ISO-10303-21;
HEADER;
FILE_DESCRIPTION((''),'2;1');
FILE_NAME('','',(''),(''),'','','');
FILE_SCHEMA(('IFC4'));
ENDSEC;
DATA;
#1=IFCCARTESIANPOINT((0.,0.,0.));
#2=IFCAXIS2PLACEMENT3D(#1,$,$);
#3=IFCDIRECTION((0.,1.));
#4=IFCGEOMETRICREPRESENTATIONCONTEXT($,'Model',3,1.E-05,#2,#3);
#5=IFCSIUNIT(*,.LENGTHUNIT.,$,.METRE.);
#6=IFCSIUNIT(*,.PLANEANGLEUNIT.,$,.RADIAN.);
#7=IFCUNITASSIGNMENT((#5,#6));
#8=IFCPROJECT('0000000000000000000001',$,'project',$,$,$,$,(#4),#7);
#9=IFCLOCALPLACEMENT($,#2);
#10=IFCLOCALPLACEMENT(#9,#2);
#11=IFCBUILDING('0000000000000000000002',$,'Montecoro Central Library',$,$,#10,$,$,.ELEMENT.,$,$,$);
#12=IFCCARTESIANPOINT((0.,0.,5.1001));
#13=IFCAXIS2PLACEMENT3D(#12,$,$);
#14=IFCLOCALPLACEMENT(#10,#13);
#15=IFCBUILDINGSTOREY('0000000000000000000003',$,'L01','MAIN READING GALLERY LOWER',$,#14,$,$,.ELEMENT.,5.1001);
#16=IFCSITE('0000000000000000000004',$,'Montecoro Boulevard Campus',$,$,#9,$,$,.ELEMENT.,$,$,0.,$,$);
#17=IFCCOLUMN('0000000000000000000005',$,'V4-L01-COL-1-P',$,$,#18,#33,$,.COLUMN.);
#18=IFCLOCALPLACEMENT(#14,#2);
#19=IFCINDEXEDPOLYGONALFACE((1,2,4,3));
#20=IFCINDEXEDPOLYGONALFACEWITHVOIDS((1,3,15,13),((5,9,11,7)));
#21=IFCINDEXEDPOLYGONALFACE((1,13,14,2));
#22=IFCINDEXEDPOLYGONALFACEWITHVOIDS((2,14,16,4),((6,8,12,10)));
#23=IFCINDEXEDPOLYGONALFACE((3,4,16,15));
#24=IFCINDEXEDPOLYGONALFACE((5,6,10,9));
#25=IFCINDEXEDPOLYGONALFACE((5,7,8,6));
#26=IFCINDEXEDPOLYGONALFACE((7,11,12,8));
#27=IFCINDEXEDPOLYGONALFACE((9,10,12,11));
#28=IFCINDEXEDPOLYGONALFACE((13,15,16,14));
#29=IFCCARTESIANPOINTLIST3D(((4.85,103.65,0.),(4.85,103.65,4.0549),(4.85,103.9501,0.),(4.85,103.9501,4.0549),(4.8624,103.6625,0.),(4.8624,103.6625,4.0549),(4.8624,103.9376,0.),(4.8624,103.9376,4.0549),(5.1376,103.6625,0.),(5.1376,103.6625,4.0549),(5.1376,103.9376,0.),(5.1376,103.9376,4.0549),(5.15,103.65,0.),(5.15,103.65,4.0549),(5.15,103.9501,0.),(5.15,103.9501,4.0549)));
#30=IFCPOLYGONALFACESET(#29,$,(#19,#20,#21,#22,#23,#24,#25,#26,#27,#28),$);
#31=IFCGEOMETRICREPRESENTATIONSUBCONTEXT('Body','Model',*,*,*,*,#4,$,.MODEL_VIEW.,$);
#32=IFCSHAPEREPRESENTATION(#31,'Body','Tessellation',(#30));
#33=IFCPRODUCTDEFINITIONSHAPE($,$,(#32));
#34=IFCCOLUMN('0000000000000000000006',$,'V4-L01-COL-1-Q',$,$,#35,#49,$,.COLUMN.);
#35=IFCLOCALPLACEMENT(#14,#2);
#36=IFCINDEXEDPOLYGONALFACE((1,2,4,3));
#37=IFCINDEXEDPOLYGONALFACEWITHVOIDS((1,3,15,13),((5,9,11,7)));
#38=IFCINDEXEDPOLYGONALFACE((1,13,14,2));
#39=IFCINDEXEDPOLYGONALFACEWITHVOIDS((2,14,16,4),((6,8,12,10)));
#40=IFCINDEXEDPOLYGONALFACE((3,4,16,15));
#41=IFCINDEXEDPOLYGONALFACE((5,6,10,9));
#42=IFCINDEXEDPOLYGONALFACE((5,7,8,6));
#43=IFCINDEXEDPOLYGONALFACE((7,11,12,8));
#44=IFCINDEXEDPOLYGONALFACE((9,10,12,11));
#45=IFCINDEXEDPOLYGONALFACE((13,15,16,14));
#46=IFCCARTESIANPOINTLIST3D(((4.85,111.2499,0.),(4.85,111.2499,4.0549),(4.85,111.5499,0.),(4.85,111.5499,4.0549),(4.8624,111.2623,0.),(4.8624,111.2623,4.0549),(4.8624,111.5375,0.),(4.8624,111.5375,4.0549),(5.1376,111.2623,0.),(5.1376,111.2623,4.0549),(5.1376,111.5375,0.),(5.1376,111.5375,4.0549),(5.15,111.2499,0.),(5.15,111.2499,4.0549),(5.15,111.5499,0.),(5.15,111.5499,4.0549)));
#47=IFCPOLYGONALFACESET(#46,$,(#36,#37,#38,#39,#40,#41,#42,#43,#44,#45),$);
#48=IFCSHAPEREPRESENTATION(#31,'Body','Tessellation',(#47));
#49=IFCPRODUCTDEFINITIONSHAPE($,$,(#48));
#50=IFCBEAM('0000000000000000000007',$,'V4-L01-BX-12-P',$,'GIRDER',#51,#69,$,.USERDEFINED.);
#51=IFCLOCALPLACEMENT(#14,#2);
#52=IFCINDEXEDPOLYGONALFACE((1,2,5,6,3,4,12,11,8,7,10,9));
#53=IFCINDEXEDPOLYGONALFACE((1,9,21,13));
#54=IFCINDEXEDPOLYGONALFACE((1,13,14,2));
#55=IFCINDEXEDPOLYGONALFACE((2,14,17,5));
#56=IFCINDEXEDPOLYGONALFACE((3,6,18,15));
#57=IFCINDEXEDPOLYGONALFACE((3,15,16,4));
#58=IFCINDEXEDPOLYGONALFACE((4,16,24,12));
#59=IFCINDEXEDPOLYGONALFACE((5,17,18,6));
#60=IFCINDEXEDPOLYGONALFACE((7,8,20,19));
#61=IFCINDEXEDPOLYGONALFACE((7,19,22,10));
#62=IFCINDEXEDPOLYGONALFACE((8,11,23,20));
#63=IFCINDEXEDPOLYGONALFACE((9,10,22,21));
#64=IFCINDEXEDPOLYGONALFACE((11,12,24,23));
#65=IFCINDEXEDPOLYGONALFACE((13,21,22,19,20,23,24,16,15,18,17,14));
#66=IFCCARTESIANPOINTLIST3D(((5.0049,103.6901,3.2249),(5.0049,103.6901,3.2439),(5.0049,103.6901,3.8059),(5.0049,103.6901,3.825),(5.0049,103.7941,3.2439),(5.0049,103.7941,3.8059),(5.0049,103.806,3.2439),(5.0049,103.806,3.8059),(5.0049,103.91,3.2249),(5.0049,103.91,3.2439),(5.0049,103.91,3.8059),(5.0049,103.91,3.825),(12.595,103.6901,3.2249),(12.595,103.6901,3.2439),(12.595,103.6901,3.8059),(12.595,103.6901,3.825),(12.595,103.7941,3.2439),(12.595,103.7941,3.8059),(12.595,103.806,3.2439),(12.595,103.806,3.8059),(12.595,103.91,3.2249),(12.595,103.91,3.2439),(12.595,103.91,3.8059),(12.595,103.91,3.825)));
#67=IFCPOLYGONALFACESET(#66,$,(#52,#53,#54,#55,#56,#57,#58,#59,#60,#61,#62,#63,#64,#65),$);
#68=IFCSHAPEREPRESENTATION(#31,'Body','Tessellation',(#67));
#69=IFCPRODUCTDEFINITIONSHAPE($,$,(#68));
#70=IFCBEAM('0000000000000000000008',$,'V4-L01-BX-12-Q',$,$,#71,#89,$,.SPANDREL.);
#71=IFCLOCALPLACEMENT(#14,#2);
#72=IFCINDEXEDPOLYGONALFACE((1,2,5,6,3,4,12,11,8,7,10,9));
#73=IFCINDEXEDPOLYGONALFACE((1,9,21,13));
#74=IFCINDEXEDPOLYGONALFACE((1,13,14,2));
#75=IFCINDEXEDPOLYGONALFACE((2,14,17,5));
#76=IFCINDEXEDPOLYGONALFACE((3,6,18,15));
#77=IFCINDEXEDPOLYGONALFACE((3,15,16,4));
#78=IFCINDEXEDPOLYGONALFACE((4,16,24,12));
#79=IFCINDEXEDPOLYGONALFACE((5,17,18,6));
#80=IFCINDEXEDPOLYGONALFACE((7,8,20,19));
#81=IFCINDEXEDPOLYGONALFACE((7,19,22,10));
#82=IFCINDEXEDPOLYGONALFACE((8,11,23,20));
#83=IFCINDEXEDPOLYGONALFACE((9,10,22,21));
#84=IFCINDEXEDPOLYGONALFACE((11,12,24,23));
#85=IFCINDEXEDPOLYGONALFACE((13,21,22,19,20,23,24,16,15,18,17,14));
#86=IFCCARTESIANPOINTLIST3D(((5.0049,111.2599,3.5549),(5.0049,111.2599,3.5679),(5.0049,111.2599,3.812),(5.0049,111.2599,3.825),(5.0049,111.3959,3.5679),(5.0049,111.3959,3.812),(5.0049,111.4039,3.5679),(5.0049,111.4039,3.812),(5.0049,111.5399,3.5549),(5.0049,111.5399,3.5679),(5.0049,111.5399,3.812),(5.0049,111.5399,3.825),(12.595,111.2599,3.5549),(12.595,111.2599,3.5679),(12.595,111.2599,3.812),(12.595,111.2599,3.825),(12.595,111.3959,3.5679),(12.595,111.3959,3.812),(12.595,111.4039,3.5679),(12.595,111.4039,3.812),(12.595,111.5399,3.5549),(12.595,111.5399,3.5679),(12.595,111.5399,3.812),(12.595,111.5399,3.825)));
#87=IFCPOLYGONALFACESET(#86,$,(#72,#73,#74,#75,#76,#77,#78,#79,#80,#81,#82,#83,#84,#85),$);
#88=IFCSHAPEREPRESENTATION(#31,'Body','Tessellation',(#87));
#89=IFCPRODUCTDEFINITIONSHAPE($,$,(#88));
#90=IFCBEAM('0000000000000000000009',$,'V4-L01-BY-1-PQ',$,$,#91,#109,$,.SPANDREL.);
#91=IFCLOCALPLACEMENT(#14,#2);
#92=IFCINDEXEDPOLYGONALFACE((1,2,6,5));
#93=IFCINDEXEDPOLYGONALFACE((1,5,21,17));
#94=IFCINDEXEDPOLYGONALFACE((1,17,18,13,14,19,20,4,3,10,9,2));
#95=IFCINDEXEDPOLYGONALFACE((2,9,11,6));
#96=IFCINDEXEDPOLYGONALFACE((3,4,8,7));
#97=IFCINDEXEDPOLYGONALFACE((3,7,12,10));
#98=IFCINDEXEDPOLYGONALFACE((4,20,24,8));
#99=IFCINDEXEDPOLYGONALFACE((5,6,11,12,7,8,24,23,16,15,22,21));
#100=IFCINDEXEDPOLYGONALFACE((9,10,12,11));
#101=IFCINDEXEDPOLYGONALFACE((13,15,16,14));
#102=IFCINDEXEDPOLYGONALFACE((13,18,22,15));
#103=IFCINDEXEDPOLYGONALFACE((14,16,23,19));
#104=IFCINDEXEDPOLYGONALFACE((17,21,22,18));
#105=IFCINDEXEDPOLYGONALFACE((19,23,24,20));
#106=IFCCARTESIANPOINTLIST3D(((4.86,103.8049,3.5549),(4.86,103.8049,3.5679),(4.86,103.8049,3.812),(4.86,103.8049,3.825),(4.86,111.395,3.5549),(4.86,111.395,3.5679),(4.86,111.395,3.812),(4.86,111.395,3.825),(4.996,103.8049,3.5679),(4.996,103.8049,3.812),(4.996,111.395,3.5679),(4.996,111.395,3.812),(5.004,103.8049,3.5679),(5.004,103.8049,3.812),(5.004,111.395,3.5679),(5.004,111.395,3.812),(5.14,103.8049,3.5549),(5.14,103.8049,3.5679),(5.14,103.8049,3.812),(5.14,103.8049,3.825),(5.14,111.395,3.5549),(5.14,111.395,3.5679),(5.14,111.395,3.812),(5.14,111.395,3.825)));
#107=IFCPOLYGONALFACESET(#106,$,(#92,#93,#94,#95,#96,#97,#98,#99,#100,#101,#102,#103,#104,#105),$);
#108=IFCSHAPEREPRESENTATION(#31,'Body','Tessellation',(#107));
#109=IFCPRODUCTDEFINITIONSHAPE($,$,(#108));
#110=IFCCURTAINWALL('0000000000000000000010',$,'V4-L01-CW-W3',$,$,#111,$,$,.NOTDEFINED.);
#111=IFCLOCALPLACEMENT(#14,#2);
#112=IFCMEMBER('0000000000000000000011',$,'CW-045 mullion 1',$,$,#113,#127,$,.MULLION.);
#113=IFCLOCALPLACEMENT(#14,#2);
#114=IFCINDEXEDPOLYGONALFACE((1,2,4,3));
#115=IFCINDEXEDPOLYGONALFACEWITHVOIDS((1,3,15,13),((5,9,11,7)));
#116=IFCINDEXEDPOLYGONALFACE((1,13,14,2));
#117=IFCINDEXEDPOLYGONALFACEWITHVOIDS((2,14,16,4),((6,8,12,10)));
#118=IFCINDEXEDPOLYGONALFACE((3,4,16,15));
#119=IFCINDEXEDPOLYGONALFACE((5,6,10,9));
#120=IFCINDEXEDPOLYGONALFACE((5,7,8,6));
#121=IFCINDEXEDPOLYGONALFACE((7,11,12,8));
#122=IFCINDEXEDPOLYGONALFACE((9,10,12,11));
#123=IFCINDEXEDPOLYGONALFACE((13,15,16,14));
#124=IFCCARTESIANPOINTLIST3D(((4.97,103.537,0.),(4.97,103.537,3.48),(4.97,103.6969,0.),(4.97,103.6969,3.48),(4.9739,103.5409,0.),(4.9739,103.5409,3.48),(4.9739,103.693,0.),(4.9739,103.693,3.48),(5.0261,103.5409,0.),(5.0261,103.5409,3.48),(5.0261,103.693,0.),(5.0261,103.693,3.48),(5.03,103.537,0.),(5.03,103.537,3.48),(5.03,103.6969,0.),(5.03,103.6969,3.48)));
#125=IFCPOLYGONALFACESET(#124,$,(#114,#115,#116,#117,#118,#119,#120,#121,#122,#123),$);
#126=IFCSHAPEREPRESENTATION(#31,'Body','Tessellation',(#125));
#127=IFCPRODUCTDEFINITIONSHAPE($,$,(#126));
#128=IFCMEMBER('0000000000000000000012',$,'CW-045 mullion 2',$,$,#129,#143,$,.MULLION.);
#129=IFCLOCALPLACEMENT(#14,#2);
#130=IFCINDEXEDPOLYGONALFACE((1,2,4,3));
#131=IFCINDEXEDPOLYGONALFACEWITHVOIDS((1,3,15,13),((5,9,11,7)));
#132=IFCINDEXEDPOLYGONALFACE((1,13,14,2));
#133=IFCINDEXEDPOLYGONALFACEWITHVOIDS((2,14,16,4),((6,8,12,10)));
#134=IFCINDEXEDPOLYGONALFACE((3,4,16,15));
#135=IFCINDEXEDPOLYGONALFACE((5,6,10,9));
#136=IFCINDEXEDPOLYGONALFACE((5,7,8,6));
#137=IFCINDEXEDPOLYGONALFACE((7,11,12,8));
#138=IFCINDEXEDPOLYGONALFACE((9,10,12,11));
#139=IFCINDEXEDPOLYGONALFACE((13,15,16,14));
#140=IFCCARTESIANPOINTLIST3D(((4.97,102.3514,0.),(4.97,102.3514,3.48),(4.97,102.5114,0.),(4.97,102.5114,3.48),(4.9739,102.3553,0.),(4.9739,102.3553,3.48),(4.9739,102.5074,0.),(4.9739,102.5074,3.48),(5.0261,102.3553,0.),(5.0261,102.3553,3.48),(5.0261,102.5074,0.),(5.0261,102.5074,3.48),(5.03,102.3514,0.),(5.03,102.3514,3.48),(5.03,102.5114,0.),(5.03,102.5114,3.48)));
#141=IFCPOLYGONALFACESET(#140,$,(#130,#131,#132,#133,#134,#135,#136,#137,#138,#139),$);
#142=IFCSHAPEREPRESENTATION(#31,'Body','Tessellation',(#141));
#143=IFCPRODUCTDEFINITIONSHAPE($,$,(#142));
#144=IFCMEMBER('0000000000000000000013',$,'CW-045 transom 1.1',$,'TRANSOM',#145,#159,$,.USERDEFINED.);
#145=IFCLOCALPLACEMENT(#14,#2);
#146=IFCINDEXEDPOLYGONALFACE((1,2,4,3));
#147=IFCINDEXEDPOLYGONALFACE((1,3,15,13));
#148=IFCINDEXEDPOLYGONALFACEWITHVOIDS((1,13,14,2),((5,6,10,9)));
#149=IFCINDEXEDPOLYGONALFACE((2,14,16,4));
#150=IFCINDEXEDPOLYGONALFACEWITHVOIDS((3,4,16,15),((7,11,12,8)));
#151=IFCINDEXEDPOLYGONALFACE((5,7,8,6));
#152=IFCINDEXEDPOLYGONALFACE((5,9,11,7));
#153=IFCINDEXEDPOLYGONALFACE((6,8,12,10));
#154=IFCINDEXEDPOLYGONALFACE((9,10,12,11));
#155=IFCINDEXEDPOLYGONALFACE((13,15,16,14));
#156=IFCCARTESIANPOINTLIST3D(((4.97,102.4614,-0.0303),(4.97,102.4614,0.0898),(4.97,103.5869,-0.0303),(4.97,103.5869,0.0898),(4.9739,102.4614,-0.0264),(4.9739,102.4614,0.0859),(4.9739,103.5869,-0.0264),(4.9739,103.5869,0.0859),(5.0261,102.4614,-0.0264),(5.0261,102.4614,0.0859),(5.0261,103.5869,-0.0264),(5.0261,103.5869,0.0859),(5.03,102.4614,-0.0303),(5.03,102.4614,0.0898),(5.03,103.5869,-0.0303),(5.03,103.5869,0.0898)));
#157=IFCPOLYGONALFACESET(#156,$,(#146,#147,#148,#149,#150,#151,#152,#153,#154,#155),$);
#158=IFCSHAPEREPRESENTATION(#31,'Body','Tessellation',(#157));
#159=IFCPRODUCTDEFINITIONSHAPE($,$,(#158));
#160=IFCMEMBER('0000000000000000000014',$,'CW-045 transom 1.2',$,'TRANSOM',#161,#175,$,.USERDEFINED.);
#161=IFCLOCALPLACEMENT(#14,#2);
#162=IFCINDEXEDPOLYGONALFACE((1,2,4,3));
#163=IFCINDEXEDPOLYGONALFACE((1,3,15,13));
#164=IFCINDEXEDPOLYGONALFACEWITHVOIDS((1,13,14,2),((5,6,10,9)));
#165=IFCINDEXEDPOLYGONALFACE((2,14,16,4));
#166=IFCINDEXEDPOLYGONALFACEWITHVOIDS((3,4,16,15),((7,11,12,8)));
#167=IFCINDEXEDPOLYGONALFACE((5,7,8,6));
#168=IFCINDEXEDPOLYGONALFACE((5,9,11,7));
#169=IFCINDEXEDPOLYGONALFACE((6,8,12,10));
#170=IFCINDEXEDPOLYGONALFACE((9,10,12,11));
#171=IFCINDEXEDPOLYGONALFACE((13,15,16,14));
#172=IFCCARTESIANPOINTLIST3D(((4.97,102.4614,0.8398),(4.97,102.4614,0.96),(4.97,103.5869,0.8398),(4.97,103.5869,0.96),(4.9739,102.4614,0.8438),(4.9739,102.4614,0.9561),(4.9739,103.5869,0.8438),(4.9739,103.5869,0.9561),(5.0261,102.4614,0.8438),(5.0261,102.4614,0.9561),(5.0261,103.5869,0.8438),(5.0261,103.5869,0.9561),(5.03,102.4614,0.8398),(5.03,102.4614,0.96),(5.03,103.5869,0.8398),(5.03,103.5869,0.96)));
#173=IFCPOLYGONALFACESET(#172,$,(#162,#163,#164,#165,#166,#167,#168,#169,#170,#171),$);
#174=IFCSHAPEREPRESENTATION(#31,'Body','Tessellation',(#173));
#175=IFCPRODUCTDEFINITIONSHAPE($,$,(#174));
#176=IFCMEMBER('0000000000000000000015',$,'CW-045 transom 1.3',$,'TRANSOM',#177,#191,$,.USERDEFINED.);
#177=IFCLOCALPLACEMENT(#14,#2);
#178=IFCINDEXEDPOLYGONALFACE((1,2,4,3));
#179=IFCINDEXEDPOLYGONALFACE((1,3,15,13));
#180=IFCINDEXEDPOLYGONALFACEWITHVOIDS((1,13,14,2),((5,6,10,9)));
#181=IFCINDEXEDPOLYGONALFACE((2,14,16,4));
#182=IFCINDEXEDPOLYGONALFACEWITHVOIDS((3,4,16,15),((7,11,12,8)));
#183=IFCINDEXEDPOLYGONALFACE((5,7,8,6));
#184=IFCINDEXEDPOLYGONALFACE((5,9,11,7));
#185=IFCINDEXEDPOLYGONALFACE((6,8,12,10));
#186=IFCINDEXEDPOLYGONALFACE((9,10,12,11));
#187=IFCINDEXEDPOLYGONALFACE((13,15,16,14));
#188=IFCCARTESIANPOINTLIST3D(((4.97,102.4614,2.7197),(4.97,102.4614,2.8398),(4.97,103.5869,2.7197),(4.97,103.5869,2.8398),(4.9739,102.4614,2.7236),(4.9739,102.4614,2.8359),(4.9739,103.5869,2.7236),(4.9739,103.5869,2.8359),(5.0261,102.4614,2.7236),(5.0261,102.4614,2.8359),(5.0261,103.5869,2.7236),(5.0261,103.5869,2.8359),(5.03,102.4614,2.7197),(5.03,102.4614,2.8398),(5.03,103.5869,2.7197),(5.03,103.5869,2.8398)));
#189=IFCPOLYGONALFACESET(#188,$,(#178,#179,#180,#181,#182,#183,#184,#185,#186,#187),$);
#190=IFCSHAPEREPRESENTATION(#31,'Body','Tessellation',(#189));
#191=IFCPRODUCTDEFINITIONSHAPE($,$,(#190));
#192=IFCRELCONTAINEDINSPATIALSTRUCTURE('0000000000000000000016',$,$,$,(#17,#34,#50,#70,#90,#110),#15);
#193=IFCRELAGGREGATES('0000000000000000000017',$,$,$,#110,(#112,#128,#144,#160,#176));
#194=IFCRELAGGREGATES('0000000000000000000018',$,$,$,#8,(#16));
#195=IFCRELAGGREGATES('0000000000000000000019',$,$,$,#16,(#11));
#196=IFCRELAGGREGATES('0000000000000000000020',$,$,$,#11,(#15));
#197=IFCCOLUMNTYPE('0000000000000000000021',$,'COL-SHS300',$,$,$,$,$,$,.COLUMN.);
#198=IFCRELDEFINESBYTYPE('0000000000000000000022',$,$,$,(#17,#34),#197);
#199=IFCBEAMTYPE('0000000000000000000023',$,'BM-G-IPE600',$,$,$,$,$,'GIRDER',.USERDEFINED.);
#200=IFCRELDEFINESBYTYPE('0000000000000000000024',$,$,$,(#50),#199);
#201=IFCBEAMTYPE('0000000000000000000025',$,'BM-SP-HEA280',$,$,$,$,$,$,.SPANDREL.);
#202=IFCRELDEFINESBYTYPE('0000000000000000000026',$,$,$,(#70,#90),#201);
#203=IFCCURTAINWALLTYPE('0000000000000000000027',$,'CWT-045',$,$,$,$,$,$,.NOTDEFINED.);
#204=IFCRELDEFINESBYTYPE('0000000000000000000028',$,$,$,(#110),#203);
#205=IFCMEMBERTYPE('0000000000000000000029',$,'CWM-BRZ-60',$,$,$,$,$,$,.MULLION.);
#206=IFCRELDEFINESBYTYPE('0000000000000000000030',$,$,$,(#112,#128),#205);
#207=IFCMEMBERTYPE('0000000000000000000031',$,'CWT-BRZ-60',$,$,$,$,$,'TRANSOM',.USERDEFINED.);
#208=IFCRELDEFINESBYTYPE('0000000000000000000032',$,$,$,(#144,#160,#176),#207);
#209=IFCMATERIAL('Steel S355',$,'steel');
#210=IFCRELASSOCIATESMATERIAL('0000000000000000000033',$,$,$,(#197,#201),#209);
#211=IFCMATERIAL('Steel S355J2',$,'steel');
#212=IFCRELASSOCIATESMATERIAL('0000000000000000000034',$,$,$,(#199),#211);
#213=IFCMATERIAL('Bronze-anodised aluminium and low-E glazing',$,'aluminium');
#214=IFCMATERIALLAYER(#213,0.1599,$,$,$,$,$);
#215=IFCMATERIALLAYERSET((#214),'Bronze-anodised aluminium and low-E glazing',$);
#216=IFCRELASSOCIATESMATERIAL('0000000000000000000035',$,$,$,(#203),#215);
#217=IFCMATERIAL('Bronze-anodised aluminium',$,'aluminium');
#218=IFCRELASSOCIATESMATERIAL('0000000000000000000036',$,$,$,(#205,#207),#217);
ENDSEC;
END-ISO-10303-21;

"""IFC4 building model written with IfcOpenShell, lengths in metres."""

from ifc_helpers import new_model, si_unit, direction, frame, origin, origin_2d, place, context, subcontext, project, spatial, hollow_rectangle, i_section, extrude, material, layer, layer_set, material_profile, profile_set, type_object, element, aggregate, save


model = new_model("IFC4")

# Units and contexts
model_context = context("Model", 3, precision=1e-05, world=origin(), true_north=direction((0.0, 1.0)))
body_context = subcontext(model_context, "Body", "Model", "MODEL_VIEW")
ifc_project = project(units=[si_unit("LENGTHUNIT", "METRE"), si_unit("PLANEANGLEUNIT", "RADIAN")], contexts=[model_context])

# Site, building, storey
site_placement = place(None, origin())
site = spatial("IfcSite", under=ifc_project, at=site_placement, Name="Montecoro Boulevard Campus", CompositionType="ELEMENT", RefElevation=0.0)
building_placement = place(site_placement, origin())
building = spatial("IfcBuilding", under=site, at=building_placement, Name="Montecoro Central Library", CompositionType="ELEMENT")
storey_placement = place(building_placement, frame((0.0, 0.0, 5.1001)))
storey = spatial("IfcBuildingStorey", under=building, at=storey_placement, Name="L01", Description="MAIN READING GALLERY LOWER", CompositionType="ELEMENT", Elevation=5.1001)

# Columns
ifc_material_1 = material(Name="Steel S355", Category="steel")
ifc_material_profile_1 = material_profile(ifc_material_1, hollow_rectangle(XDim=0.3, YDim=0.3, WallThickness=0.0125, at=origin_2d()), Name="SHS 300x300x12.5")
ifc_profile_set_1 = profile_set([ifc_material_profile_1], Name="Steel S355")
column_type = type_object("IfcColumnType", Name="COL-SHS300", PredefinedType="COLUMN", material=ifc_profile_set_1)
for number, where, z_axis, x_axis, name in (
    (1, (5.0, 103.8, 0.0), (0.0, 0.0, 1.0), (1.0, 0.0, 0.0), "V4-L01-COL-1-P"),
    (2, (5.0, 111.3999, 0.0), (0.0, 0.0, 1.0), (1.0, 0.0, 0.0), "V4-L01-COL-1-Q"),
):
    element("IfcColumn", number, at=place(storey_placement, frame(where, z_axis=z_axis, x_axis=x_axis)), inside=storey, type_object=column_type, Name=name, PredefinedType="COLUMN", context=body_context, shape_type="SweptSolid", body=[
        extrude(hollow_rectangle(XDim=0.3, YDim=0.3, WallThickness=0.0125, at=origin_2d()), origin(), (0.0, 0.0, 1.0), 4.0549),
    ])

# Beams
ifc_material_2 = material(Name="Steel S355J2", Category="steel")
ifc_material_profile_2 = material_profile(ifc_material_2, i_section(OverallWidth=0.22, OverallDepth=0.6001, WebThickness=0.012, FlangeThickness=0.019, at=origin_2d()), Name="IPE 600")
ifc_profile_set_2 = profile_set([ifc_material_profile_2], Name="Steel S355J2")
beam_type_1 = type_object("IfcBeamType", Name="BM-G-IPE600", ElementType="GIRDER", PredefinedType="USERDEFINED", material=ifc_profile_set_2)
beam_placement = place(storey_placement, frame((5.0049, 103.8, 3.5249), z_axis=(1.0, 0.0, 0.0), x_axis=(0.0, 1.0, 0.0)))
element("IfcBeam", 3, at=beam_placement, inside=storey, type_object=beam_type_1, Name="V4-L01-BX-12-P", ObjectType="GIRDER", PredefinedType="USERDEFINED", context=body_context, shape_type="SweptSolid", body=[
    extrude(i_section(OverallWidth=0.22, OverallDepth=0.6001, WebThickness=0.012, FlangeThickness=0.019, at=origin_2d()), origin(), (0.0, 0.0, 1.0), 7.5901),
])
ifc_material_profile_3 = material_profile(ifc_material_1, i_section(OverallWidth=0.28, OverallDepth=0.27, WebThickness=0.0081, FlangeThickness=0.0129, at=origin_2d()), Name="HEA 280")
ifc_profile_set_3 = profile_set([ifc_material_profile_3], Name="Steel S355")
beam_type_2 = type_object("IfcBeamType", Name="BM-SP-HEA280", PredefinedType="SPANDREL", material=ifc_profile_set_3)
for number, where, z_axis, x_axis, name in (
    (4, (5.0049, 111.3999, 3.6899), (1.0, 0.0, 0.0), (0.0, 1.0, 0.0), "V4-L01-BX-12-Q"),
    (5, (5.0, 103.8049, 3.6899), (0.0, 1.0, 0.0), (-1.0, 0.0, 0.0), "V4-L01-BY-1-PQ"),
):
    element("IfcBeam", number, at=place(storey_placement, frame(where, z_axis=z_axis, x_axis=x_axis)), inside=storey, type_object=beam_type_2, Name=name, PredefinedType="SPANDREL", context=body_context, shape_type="SweptSolid", body=[
        extrude(i_section(OverallWidth=0.28, OverallDepth=0.27, WebThickness=0.0081, FlangeThickness=0.0129, at=origin_2d()), origin(), (0.0, 0.0, 1.0), 7.5901),
    ])

# Curtain wall, members
ifc_material_3 = material(Name="Bronze-anodised aluminium and low-E glazing", Category="aluminium")
ifc_layer_1 = layer(ifc_material_3, 0.1599)
ifc_layer_set_1 = layer_set([ifc_layer_1], Name="Bronze-anodised aluminium and low-E glazing")
curtain_wall_type = type_object("IfcCurtainWallType", Name="CWT-045", PredefinedType="NOTDEFINED", material=ifc_layer_set_1)
curtain_wall_placement = place(storey_placement, origin())
curtain_wall = element("IfcCurtainWall", 6, at=curtain_wall_placement, inside=storey, type_object=curtain_wall_type, Name="V4-L01-CW-W3", PredefinedType="NOTDEFINED")
ifc_material_4 = material(Name="Bronze-anodised aluminium", Category="aluminium")
ifc_material_profile_4 = material_profile(ifc_material_4, hollow_rectangle(XDim=0.0601, YDim=0.1599, WallThickness=0.0039, at=origin_2d()), Name="CWM 160x60x4.0")
ifc_profile_set_4 = profile_set([ifc_material_profile_4], Name="Bronze-anodised aluminium")
member_type_1 = type_object("IfcMemberType", Name="CWM-BRZ-60", PredefinedType="MULLION", material=ifc_profile_set_4)
member_1_placement = place(storey_placement, frame((5.0, 103.6169, 0.0), z_axis=(0.0, 0.0, 1.0), x_axis=(1.0, 0.0, 0.0)))
member_1 = element("IfcMember", 7, at=member_1_placement, type_object=member_type_1, Name="CW-045 mullion 1", PredefinedType="MULLION", context=body_context, shape_type="SweptSolid", body=[
    extrude(hollow_rectangle(XDim=0.0601, YDim=0.1599, WallThickness=0.0039, at=origin_2d()), origin(), (0.0, 0.0, 1.0), 3.48),
])
member_2_placement = place(storey_placement, frame((5.0, 102.4314, 0.0), z_axis=(0.0, 0.0, 1.0), x_axis=(1.0, 0.0, 0.0)))
member_2 = element("IfcMember", 8, at=member_2_placement, type_object=member_type_1, Name="CW-045 mullion 2", PredefinedType="MULLION", context=body_context, shape_type="SweptSolid", body=[
    extrude(hollow_rectangle(XDim=0.0601, YDim=0.1599, WallThickness=0.0039, at=origin_2d()), origin(), (0.0, 0.0, 1.0), 3.48),
])
ifc_material_profile_5 = material_profile(ifc_material_4, hollow_rectangle(XDim=0.0601, YDim=0.1201, WallThickness=0.0039, at=origin_2d()), Name="CWT 120x60x4.0")
ifc_profile_set_5 = profile_set([ifc_material_profile_5], Name="Bronze-anodised aluminium")
member_type_2 = type_object("IfcMemberType", Name="CWT-BRZ-60", ElementType="TRANSOM", PredefinedType="USERDEFINED", material=ifc_profile_set_5)
member_3_placement = place(storey_placement, frame((5.0, 103.5869, 0.0298), z_axis=(0.0, -1.0, 0.0), x_axis=(1.0, 0.0, 0.0)))
member_3 = element("IfcMember", 9, at=member_3_placement, type_object=member_type_2, Name="CW-045 transom 1.1", ObjectType="TRANSOM", PredefinedType="USERDEFINED", context=body_context, shape_type="SweptSolid", body=[
    extrude(hollow_rectangle(XDim=0.0601, YDim=0.1201, WallThickness=0.0039, at=origin_2d()), origin(), (0.0, 0.0, 1.0), 1.1255),
])
member_4_placement = place(storey_placement, frame((5.0, 103.5869, 0.8999), z_axis=(0.0, -1.0, 0.0), x_axis=(1.0, 0.0, 0.0)))
member_4 = element("IfcMember", 10, at=member_4_placement, type_object=member_type_2, Name="CW-045 transom 1.2", ObjectType="TRANSOM", PredefinedType="USERDEFINED", context=body_context, shape_type="SweptSolid", body=[
    extrude(hollow_rectangle(XDim=0.0601, YDim=0.1201, WallThickness=0.0039, at=origin_2d()), origin(), (0.0, 0.0, 1.0), 1.1255),
])
member_5_placement = place(storey_placement, frame((5.0, 103.5869, 2.7798), z_axis=(0.0, -1.0, 0.0), x_axis=(1.0, 0.0, 0.0)))
member_5 = element("IfcMember", 11, at=member_5_placement, type_object=member_type_2, Name="CW-045 transom 1.3", ObjectType="TRANSOM", PredefinedType="USERDEFINED", context=body_context, shape_type="SweptSolid", body=[
    extrude(hollow_rectangle(XDim=0.0601, YDim=0.1201, WallThickness=0.0039, at=origin_2d()), origin(), (0.0, 0.0, 1.0), 1.1255),
])
aggregate(curtain_wall, [member_1, member_2, member_3, member_4, member_5])

save(model, "model.ifc")
